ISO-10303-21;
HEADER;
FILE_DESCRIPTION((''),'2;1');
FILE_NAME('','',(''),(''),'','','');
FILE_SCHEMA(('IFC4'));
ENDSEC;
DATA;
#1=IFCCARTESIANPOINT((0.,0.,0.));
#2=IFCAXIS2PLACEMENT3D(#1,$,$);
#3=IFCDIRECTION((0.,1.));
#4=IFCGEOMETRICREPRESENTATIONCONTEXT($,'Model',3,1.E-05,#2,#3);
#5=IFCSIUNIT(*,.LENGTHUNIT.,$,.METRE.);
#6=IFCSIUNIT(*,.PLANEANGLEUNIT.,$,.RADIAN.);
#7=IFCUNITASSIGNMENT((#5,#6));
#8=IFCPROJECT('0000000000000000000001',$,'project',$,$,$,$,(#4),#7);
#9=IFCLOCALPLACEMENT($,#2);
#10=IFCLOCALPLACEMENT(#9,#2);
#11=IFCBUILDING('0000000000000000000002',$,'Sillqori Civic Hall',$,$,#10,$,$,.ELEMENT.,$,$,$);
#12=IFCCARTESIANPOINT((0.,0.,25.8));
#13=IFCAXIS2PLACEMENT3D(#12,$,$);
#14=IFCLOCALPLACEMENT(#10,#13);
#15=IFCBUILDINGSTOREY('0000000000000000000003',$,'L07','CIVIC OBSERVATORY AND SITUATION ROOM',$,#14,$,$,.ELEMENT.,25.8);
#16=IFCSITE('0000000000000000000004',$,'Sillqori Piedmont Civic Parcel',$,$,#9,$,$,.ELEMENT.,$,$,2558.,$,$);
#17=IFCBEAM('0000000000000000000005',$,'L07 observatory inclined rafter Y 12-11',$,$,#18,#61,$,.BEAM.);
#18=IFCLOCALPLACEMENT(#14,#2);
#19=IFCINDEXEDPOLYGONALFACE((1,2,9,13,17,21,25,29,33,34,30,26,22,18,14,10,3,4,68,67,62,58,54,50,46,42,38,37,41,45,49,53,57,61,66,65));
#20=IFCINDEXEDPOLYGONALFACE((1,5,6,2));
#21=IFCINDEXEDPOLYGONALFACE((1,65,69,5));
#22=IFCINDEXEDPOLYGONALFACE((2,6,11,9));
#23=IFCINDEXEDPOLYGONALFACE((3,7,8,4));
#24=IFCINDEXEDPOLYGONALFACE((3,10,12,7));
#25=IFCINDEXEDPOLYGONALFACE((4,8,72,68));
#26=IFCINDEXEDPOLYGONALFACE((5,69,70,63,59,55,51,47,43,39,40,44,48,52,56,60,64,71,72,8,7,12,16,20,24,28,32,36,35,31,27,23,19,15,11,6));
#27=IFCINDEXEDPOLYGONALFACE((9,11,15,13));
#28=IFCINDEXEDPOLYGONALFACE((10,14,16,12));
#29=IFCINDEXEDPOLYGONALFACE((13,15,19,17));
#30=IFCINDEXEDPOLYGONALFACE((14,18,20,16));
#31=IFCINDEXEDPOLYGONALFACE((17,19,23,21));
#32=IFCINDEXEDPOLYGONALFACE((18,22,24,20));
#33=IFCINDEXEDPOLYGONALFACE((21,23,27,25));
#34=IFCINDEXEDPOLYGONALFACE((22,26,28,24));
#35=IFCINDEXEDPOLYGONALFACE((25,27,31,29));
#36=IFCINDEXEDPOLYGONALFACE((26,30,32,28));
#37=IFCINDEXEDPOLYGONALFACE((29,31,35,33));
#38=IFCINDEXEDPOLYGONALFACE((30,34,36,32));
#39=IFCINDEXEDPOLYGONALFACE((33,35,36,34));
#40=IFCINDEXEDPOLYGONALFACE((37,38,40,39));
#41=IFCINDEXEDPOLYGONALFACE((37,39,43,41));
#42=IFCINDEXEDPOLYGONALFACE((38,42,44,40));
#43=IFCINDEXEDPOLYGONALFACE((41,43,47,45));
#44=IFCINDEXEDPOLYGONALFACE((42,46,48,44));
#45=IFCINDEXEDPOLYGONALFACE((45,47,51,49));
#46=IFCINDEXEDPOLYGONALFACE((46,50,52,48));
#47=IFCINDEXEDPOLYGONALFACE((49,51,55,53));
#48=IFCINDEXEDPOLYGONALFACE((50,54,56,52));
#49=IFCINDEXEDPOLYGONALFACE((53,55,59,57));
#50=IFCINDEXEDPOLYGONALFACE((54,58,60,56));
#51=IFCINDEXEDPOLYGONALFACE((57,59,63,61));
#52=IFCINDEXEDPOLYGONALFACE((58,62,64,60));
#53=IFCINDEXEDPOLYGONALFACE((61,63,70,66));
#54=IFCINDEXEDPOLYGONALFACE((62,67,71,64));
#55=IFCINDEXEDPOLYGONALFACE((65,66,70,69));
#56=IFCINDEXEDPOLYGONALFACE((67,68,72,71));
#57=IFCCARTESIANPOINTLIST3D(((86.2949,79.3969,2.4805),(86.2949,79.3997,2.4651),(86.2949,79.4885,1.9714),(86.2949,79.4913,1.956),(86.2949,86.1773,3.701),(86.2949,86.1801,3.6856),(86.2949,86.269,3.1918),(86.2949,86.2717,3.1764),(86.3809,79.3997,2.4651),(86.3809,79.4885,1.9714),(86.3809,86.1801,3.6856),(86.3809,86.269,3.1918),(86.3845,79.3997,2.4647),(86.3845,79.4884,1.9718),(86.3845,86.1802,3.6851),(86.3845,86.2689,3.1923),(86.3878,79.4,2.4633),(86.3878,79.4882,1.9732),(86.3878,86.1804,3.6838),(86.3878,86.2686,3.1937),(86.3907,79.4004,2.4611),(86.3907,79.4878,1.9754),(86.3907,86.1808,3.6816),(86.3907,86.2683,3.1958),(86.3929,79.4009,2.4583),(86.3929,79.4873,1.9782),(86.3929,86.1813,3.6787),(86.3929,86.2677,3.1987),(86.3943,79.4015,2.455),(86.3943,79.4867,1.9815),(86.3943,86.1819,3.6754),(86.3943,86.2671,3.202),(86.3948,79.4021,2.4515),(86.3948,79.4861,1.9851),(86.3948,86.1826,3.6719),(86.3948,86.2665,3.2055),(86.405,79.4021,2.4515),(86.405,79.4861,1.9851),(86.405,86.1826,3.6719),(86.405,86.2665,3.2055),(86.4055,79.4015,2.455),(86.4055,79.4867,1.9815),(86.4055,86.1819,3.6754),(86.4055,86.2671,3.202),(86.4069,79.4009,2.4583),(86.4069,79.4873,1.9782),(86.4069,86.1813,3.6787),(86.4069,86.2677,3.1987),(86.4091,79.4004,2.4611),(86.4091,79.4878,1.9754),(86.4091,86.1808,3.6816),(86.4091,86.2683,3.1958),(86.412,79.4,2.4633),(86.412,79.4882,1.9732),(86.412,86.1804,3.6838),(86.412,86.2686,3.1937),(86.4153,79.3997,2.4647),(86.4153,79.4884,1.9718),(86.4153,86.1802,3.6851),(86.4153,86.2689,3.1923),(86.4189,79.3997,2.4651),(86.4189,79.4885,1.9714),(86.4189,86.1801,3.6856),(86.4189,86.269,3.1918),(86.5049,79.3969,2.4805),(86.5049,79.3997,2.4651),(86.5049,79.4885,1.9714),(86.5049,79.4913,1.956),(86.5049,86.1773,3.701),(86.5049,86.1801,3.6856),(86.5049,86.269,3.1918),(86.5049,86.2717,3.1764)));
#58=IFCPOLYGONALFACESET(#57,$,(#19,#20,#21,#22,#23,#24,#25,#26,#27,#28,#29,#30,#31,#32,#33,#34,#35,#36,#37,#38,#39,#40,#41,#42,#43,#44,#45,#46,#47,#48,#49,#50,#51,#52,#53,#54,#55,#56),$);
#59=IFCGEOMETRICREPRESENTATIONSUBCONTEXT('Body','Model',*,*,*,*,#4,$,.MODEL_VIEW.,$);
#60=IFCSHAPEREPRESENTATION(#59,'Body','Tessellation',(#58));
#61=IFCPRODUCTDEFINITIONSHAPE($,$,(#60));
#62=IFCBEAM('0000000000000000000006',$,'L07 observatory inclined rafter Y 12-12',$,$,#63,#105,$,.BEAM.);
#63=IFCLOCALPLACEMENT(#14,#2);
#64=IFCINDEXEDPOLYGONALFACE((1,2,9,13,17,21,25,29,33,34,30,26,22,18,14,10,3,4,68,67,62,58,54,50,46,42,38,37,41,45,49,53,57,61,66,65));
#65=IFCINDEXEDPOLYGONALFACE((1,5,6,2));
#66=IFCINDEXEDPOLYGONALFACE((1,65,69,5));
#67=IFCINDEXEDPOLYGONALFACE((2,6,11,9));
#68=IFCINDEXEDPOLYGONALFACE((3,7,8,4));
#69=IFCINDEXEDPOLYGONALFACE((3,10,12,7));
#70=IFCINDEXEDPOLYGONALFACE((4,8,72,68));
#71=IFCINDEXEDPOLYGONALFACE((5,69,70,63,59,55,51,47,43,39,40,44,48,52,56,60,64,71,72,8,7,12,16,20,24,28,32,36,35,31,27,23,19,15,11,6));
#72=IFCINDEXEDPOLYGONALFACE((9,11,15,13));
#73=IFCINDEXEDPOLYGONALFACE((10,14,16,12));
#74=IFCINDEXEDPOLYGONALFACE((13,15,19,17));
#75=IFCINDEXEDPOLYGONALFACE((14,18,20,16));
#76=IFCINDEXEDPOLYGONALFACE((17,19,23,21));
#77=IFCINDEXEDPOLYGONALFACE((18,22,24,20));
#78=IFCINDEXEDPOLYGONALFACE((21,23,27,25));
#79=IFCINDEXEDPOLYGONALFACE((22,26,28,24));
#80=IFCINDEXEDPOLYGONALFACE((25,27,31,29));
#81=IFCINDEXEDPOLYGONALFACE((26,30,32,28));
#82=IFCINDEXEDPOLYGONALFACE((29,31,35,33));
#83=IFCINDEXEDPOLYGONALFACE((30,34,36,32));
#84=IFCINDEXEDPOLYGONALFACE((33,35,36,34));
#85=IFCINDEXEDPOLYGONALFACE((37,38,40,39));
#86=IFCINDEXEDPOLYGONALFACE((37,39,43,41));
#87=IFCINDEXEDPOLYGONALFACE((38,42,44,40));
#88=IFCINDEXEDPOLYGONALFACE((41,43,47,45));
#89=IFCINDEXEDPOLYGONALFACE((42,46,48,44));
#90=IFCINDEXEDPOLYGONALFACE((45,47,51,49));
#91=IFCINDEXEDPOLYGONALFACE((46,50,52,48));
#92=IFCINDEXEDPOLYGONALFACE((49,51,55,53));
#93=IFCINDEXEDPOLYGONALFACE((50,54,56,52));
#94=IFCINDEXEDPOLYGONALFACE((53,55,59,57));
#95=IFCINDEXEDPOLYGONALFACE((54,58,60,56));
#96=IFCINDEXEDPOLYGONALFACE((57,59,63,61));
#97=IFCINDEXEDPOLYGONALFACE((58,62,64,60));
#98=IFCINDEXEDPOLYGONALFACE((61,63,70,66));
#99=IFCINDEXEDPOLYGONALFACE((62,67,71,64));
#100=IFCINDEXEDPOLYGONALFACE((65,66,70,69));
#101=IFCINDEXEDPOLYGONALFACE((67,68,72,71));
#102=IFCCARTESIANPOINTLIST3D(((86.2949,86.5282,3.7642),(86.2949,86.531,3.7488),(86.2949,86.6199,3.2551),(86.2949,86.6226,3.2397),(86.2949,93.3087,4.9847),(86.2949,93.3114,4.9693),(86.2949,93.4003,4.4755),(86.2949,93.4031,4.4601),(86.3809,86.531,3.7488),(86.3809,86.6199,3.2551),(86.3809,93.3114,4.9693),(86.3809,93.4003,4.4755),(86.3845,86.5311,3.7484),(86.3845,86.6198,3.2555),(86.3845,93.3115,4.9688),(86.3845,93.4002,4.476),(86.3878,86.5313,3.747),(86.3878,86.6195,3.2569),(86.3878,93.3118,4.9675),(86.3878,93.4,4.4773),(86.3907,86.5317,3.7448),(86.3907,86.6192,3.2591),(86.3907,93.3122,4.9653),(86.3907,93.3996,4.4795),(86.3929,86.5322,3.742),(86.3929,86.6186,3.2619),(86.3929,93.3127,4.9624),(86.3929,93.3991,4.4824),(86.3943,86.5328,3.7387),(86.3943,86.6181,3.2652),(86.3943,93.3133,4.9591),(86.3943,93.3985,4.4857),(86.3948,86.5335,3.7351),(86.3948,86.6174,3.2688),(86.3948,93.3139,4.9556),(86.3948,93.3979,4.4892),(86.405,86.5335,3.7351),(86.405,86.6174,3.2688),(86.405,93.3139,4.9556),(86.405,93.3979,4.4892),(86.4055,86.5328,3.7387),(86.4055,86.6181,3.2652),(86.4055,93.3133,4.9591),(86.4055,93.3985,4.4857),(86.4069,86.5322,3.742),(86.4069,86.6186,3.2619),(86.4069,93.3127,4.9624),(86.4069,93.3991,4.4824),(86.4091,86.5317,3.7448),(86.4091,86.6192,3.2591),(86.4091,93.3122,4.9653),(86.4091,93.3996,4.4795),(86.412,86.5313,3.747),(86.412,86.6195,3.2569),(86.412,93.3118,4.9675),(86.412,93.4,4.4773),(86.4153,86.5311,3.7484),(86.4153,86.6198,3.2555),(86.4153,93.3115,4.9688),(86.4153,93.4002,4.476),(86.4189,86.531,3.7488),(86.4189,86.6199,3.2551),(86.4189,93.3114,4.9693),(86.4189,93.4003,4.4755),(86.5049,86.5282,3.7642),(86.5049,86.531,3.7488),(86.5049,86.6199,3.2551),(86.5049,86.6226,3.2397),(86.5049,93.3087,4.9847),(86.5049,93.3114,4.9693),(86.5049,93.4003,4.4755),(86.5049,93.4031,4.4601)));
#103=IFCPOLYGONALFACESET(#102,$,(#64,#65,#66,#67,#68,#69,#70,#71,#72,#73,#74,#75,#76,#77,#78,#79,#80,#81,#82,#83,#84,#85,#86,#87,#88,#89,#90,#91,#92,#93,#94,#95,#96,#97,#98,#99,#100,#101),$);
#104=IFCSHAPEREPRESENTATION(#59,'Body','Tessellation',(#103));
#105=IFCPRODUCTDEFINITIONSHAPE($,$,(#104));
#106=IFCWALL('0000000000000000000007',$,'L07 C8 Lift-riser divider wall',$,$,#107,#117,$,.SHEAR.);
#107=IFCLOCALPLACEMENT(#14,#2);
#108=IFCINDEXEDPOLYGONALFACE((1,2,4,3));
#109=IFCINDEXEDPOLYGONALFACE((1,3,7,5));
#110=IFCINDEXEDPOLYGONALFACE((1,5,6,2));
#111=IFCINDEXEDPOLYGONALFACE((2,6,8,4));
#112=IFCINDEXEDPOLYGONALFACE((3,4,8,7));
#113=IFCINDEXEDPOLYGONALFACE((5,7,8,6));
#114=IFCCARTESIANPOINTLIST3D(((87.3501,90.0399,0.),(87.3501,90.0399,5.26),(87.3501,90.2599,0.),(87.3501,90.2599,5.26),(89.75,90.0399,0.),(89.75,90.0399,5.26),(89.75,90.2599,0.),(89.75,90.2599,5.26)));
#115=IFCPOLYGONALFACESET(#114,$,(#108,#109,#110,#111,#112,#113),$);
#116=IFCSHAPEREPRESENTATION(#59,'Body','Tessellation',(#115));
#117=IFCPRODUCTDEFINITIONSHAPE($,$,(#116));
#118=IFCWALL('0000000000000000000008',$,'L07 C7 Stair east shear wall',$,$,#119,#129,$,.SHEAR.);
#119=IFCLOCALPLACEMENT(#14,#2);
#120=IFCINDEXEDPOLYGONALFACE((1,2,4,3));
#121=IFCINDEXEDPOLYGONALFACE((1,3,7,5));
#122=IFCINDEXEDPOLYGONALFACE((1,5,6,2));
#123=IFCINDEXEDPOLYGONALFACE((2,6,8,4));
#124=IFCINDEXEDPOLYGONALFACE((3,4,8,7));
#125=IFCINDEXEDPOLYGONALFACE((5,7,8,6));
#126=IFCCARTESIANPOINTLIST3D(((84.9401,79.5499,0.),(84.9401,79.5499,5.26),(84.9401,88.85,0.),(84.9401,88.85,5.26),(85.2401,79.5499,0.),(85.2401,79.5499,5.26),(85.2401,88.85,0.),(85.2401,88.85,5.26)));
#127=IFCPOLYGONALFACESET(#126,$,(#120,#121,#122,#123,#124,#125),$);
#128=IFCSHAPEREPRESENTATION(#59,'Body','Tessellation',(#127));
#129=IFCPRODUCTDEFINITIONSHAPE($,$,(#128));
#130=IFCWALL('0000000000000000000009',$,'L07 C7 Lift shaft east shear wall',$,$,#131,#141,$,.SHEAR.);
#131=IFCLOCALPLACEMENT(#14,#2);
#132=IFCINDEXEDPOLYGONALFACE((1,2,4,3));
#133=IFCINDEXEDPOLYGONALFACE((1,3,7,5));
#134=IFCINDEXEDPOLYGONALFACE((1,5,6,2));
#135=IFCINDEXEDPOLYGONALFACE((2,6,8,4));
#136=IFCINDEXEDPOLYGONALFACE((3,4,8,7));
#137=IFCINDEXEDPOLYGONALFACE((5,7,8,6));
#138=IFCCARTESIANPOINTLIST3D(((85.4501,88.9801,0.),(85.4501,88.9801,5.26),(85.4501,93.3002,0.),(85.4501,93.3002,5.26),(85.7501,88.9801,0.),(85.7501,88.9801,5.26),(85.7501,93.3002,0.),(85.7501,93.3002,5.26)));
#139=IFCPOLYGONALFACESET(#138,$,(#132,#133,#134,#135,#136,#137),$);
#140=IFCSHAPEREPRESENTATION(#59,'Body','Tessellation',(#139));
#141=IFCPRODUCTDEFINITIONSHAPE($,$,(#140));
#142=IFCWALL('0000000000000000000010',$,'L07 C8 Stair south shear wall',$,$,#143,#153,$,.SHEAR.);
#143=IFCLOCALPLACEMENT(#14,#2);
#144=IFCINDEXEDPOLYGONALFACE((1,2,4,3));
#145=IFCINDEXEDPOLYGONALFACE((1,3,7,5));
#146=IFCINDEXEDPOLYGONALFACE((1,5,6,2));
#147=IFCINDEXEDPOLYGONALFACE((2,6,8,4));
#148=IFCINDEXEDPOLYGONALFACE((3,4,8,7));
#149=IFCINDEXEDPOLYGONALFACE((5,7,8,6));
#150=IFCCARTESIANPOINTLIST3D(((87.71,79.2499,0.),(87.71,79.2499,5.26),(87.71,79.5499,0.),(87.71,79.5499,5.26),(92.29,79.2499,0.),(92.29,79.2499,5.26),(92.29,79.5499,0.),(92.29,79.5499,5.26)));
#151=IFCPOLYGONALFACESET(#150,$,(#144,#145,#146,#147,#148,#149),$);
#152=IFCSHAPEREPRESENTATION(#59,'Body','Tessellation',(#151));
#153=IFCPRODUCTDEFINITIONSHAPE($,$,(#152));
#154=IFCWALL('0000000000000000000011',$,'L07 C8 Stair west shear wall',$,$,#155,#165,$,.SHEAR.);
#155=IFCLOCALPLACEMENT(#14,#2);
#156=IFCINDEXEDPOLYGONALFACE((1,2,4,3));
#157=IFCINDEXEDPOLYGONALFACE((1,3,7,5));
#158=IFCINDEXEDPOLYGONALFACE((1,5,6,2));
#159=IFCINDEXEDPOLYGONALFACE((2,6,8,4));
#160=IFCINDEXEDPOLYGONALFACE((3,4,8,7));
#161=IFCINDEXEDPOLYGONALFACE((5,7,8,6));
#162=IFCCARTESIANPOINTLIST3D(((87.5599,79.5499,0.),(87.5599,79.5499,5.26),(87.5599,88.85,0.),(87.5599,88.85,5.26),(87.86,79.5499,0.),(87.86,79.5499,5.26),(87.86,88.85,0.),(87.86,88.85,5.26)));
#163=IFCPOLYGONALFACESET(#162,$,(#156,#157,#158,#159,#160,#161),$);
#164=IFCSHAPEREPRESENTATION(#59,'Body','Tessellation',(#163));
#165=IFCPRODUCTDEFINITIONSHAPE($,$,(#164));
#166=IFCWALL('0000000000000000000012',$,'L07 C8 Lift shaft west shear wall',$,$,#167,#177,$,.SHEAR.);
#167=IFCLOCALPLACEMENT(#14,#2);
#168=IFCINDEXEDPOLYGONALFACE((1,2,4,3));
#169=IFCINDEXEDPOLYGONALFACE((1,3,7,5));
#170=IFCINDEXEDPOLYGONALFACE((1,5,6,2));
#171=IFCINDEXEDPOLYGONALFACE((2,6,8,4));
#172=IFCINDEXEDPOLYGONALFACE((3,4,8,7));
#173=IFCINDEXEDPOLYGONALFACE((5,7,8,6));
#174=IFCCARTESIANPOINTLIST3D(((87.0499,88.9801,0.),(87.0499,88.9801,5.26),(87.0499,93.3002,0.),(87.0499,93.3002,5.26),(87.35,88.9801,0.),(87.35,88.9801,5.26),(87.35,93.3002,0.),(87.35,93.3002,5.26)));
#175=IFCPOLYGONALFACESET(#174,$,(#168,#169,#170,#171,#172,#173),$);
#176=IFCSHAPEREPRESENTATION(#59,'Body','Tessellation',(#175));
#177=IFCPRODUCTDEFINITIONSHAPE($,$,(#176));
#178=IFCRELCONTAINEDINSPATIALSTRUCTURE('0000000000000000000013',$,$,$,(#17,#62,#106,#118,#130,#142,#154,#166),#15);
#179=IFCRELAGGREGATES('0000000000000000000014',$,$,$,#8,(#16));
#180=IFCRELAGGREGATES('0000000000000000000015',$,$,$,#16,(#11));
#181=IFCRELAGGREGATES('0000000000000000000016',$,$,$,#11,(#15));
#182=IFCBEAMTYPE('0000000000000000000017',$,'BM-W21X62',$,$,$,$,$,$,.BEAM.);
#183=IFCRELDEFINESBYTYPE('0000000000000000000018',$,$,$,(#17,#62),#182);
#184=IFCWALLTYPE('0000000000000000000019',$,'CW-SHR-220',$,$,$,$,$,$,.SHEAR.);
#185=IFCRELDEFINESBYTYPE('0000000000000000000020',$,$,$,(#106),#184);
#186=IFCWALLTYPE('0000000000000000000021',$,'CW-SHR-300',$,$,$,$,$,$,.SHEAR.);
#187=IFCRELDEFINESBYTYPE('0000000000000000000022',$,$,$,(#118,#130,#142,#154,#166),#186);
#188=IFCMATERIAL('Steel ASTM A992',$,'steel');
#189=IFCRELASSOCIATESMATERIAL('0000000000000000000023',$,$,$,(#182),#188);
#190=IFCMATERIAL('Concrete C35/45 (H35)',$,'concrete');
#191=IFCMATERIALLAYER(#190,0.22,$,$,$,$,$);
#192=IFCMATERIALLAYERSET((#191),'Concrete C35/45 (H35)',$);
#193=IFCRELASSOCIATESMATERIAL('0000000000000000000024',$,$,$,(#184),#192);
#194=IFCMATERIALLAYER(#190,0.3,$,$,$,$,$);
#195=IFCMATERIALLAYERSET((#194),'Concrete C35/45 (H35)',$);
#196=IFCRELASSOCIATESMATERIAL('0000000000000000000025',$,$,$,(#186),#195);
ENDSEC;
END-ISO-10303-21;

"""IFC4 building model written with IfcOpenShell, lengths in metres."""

from ifc_helpers import new_model, si_unit, direction, frame, frame_2d, origin, origin_2d, place, context, subcontext, project, spatial, rectangle, i_section, extrude, material, layer, layer_set, material_profile, profile_set, type_object, element, save


model = new_model("IFC4")

# Units and contexts
model_context = context("Model", 3, precision=1e-05, world=origin(), true_north=direction((0.0, 1.0)))
body_context = subcontext(model_context, "Body", "Model", "MODEL_VIEW")
ifc_project = project(units=[si_unit("LENGTHUNIT", "METRE"), si_unit("PLANEANGLEUNIT", "RADIAN")], contexts=[model_context])

# Site, building, storey
site_placement = place(None, origin())
site = spatial("IfcSite", under=ifc_project, at=site_placement, Name="Sillqori Piedmont Civic Parcel", CompositionType="ELEMENT", RefElevation=2558.0)
building_placement = place(site_placement, origin())
building = spatial("IfcBuilding", under=site, at=building_placement, Name="Sillqori Civic Hall", CompositionType="ELEMENT")
storey_placement = place(building_placement, frame((0.0, 0.0, 25.8)))
storey = spatial("IfcBuildingStorey", under=building, at=storey_placement, Name="L07", Description="CIVIC OBSERVATORY AND SITUATION ROOM", CompositionType="ELEMENT", Elevation=25.8)

# Shared definitions
ifc_material_1 = material(Name="Concrete C35/45 (H35)", Category="concrete")
ifc_material_2 = material(Name="Steel ASTM A992", Category="steel")

# Beams
ifc_material_profile_1 = material_profile(ifc_material_2, i_section(OverallWidth=0.21, OverallDepth=0.533, WebThickness=0.0103, FlangeThickness=0.0156, FilletRadius=0.0139, at=origin_2d()), Name="W21X62")
ifc_profile_set_1 = profile_set([ifc_material_profile_1], Name="Steel ASTM A992")
beam_type = type_object("IfcBeamType", Name="BM-W21X62", PredefinedType="BEAM", material=ifc_profile_set_1)
for number, where, z_axis, x_axis, name in (
    (1, (86.3999, 79.4441, 2.2183), (0.0, 0.984184, 0.177148), (-1.0, 0.0, 0.0), "L07 observatory inclined rafter Y 12-11"),
    (2, (86.3999, 86.5754, 3.502), (0.0, 0.984184, 0.177148), (-1.0, 0.0, 0.0), "L07 observatory inclined rafter Y 12-12"),
):
    element("IfcBeam", number, at=place(storey_placement, frame(where, z_axis=z_axis, x_axis=x_axis)), inside=storey, type_object=beam_type, Name=name, PredefinedType="BEAM", context=body_context, shape_type="SweptSolid", body=[
        extrude(i_section(OverallWidth=0.21, OverallDepth=0.533, WebThickness=0.0103, FlangeThickness=0.0156, FilletRadius=0.0139, at=origin_2d()), origin(), (0.0, 0.0, 1.0), 6.8894),
    ])

# Walls
ifc_layer_1 = layer(ifc_material_1, 0.22)
ifc_layer_set_1 = layer_set([ifc_layer_1], Name="Concrete C35/45 (H35)")
wall_type_1 = type_object("IfcWallType", Name="CW-SHR-220", PredefinedType="SHEAR", material=ifc_layer_set_1)
wall_1_placement = place(storey_placement, frame((87.3501, 90.1499, 0.0), z_axis=(0.0, 0.0, 1.0), x_axis=(1.0, 0.0, 0.0)))
element("IfcWall", 3, at=wall_1_placement, inside=storey, type_object=wall_type_1, Name="L07 C8 Lift-riser divider wall", PredefinedType="SHEAR", context=body_context, shape_type="SweptSolid", body=[
    extrude(rectangle(XDim=2.3999, YDim=0.22, at=frame_2d((1.2, 0.0))), origin(), (0.0, 0.0, 1.0), 5.26),
])
ifc_layer_2 = layer(ifc_material_1, 0.3)
ifc_layer_set_2 = layer_set([ifc_layer_2], Name="Concrete C35/45 (H35)")
wall_type_2 = type_object("IfcWallType", Name="CW-SHR-300", PredefinedType="SHEAR", material=ifc_layer_set_2)
wall_2_placement = place(storey_placement, frame((85.0901, 79.55, 0.0), z_axis=(0.0, 0.0, 1.0), x_axis=(0.0, 1.0, 0.0)))
element("IfcWall", 4, at=wall_2_placement, inside=storey, type_object=wall_type_2, Name="L07 C7 Stair east shear wall", PredefinedType="SHEAR", context=body_context, shape_type="SweptSolid", body=[
    extrude(rectangle(XDim=9.3, YDim=0.3, at=frame_2d((4.6499, 0.0))), origin(), (0.0, 0.0, 1.0), 5.26),
])
wall_3_placement = place(storey_placement, frame((85.6001, 88.98, 0.0), z_axis=(0.0, 0.0, 1.0), x_axis=(0.0, 1.0, 0.0)))
element("IfcWall", 5, at=wall_3_placement, inside=storey, type_object=wall_type_2, Name="L07 C7 Lift shaft east shear wall", PredefinedType="SHEAR", context=body_context, shape_type="SweptSolid", body=[
    extrude(rectangle(XDim=4.3201, YDim=0.3, at=frame_2d((2.1602, 0.0))), origin(), (0.0, 0.0, 1.0), 5.26),
])
wall_4_placement = place(storey_placement, frame((87.71, 79.3999, 0.0), z_axis=(0.0, 0.0, 1.0), x_axis=(1.0, 0.0, 0.0)))
element("IfcWall", 6, at=wall_4_placement, inside=storey, type_object=wall_type_2, Name="L07 C8 Stair south shear wall", PredefinedType="SHEAR", context=body_context, shape_type="SweptSolid", body=[
    extrude(rectangle(XDim=4.5801, YDim=0.3, at=frame_2d((2.29, 0.0))), origin(), (0.0, 0.0, 1.0), 5.26),
])
wall_5_placement = place(storey_placement, frame((87.71, 79.55, 0.0), z_axis=(0.0, 0.0, 1.0), x_axis=(0.0, 1.0, 0.0)))
element("IfcWall", 7, at=wall_5_placement, inside=storey, type_object=wall_type_2, Name="L07 C8 Stair west shear wall", PredefinedType="SHEAR", context=body_context, shape_type="SweptSolid", body=[
    extrude(rectangle(XDim=9.3, YDim=0.3, at=frame_2d((4.6499, 0.0))), origin(), (0.0, 0.0, 1.0), 5.26),
])
wall_6_placement = place(storey_placement, frame((87.2, 88.98, 0.0), z_axis=(0.0, 0.0, 1.0), x_axis=(0.0, 1.0, 0.0)))
element("IfcWall", 8, at=wall_6_placement, inside=storey, type_object=wall_type_2, Name="L07 C8 Lift shaft west shear wall", PredefinedType="SHEAR", context=body_context, shape_type="SweptSolid", body=[
    extrude(rectangle(XDim=4.3201, YDim=0.3, at=frame_2d((2.1602, 0.0))), origin(), (0.0, 0.0, 1.0), 5.26),
])

save(model, "model.ifc")
